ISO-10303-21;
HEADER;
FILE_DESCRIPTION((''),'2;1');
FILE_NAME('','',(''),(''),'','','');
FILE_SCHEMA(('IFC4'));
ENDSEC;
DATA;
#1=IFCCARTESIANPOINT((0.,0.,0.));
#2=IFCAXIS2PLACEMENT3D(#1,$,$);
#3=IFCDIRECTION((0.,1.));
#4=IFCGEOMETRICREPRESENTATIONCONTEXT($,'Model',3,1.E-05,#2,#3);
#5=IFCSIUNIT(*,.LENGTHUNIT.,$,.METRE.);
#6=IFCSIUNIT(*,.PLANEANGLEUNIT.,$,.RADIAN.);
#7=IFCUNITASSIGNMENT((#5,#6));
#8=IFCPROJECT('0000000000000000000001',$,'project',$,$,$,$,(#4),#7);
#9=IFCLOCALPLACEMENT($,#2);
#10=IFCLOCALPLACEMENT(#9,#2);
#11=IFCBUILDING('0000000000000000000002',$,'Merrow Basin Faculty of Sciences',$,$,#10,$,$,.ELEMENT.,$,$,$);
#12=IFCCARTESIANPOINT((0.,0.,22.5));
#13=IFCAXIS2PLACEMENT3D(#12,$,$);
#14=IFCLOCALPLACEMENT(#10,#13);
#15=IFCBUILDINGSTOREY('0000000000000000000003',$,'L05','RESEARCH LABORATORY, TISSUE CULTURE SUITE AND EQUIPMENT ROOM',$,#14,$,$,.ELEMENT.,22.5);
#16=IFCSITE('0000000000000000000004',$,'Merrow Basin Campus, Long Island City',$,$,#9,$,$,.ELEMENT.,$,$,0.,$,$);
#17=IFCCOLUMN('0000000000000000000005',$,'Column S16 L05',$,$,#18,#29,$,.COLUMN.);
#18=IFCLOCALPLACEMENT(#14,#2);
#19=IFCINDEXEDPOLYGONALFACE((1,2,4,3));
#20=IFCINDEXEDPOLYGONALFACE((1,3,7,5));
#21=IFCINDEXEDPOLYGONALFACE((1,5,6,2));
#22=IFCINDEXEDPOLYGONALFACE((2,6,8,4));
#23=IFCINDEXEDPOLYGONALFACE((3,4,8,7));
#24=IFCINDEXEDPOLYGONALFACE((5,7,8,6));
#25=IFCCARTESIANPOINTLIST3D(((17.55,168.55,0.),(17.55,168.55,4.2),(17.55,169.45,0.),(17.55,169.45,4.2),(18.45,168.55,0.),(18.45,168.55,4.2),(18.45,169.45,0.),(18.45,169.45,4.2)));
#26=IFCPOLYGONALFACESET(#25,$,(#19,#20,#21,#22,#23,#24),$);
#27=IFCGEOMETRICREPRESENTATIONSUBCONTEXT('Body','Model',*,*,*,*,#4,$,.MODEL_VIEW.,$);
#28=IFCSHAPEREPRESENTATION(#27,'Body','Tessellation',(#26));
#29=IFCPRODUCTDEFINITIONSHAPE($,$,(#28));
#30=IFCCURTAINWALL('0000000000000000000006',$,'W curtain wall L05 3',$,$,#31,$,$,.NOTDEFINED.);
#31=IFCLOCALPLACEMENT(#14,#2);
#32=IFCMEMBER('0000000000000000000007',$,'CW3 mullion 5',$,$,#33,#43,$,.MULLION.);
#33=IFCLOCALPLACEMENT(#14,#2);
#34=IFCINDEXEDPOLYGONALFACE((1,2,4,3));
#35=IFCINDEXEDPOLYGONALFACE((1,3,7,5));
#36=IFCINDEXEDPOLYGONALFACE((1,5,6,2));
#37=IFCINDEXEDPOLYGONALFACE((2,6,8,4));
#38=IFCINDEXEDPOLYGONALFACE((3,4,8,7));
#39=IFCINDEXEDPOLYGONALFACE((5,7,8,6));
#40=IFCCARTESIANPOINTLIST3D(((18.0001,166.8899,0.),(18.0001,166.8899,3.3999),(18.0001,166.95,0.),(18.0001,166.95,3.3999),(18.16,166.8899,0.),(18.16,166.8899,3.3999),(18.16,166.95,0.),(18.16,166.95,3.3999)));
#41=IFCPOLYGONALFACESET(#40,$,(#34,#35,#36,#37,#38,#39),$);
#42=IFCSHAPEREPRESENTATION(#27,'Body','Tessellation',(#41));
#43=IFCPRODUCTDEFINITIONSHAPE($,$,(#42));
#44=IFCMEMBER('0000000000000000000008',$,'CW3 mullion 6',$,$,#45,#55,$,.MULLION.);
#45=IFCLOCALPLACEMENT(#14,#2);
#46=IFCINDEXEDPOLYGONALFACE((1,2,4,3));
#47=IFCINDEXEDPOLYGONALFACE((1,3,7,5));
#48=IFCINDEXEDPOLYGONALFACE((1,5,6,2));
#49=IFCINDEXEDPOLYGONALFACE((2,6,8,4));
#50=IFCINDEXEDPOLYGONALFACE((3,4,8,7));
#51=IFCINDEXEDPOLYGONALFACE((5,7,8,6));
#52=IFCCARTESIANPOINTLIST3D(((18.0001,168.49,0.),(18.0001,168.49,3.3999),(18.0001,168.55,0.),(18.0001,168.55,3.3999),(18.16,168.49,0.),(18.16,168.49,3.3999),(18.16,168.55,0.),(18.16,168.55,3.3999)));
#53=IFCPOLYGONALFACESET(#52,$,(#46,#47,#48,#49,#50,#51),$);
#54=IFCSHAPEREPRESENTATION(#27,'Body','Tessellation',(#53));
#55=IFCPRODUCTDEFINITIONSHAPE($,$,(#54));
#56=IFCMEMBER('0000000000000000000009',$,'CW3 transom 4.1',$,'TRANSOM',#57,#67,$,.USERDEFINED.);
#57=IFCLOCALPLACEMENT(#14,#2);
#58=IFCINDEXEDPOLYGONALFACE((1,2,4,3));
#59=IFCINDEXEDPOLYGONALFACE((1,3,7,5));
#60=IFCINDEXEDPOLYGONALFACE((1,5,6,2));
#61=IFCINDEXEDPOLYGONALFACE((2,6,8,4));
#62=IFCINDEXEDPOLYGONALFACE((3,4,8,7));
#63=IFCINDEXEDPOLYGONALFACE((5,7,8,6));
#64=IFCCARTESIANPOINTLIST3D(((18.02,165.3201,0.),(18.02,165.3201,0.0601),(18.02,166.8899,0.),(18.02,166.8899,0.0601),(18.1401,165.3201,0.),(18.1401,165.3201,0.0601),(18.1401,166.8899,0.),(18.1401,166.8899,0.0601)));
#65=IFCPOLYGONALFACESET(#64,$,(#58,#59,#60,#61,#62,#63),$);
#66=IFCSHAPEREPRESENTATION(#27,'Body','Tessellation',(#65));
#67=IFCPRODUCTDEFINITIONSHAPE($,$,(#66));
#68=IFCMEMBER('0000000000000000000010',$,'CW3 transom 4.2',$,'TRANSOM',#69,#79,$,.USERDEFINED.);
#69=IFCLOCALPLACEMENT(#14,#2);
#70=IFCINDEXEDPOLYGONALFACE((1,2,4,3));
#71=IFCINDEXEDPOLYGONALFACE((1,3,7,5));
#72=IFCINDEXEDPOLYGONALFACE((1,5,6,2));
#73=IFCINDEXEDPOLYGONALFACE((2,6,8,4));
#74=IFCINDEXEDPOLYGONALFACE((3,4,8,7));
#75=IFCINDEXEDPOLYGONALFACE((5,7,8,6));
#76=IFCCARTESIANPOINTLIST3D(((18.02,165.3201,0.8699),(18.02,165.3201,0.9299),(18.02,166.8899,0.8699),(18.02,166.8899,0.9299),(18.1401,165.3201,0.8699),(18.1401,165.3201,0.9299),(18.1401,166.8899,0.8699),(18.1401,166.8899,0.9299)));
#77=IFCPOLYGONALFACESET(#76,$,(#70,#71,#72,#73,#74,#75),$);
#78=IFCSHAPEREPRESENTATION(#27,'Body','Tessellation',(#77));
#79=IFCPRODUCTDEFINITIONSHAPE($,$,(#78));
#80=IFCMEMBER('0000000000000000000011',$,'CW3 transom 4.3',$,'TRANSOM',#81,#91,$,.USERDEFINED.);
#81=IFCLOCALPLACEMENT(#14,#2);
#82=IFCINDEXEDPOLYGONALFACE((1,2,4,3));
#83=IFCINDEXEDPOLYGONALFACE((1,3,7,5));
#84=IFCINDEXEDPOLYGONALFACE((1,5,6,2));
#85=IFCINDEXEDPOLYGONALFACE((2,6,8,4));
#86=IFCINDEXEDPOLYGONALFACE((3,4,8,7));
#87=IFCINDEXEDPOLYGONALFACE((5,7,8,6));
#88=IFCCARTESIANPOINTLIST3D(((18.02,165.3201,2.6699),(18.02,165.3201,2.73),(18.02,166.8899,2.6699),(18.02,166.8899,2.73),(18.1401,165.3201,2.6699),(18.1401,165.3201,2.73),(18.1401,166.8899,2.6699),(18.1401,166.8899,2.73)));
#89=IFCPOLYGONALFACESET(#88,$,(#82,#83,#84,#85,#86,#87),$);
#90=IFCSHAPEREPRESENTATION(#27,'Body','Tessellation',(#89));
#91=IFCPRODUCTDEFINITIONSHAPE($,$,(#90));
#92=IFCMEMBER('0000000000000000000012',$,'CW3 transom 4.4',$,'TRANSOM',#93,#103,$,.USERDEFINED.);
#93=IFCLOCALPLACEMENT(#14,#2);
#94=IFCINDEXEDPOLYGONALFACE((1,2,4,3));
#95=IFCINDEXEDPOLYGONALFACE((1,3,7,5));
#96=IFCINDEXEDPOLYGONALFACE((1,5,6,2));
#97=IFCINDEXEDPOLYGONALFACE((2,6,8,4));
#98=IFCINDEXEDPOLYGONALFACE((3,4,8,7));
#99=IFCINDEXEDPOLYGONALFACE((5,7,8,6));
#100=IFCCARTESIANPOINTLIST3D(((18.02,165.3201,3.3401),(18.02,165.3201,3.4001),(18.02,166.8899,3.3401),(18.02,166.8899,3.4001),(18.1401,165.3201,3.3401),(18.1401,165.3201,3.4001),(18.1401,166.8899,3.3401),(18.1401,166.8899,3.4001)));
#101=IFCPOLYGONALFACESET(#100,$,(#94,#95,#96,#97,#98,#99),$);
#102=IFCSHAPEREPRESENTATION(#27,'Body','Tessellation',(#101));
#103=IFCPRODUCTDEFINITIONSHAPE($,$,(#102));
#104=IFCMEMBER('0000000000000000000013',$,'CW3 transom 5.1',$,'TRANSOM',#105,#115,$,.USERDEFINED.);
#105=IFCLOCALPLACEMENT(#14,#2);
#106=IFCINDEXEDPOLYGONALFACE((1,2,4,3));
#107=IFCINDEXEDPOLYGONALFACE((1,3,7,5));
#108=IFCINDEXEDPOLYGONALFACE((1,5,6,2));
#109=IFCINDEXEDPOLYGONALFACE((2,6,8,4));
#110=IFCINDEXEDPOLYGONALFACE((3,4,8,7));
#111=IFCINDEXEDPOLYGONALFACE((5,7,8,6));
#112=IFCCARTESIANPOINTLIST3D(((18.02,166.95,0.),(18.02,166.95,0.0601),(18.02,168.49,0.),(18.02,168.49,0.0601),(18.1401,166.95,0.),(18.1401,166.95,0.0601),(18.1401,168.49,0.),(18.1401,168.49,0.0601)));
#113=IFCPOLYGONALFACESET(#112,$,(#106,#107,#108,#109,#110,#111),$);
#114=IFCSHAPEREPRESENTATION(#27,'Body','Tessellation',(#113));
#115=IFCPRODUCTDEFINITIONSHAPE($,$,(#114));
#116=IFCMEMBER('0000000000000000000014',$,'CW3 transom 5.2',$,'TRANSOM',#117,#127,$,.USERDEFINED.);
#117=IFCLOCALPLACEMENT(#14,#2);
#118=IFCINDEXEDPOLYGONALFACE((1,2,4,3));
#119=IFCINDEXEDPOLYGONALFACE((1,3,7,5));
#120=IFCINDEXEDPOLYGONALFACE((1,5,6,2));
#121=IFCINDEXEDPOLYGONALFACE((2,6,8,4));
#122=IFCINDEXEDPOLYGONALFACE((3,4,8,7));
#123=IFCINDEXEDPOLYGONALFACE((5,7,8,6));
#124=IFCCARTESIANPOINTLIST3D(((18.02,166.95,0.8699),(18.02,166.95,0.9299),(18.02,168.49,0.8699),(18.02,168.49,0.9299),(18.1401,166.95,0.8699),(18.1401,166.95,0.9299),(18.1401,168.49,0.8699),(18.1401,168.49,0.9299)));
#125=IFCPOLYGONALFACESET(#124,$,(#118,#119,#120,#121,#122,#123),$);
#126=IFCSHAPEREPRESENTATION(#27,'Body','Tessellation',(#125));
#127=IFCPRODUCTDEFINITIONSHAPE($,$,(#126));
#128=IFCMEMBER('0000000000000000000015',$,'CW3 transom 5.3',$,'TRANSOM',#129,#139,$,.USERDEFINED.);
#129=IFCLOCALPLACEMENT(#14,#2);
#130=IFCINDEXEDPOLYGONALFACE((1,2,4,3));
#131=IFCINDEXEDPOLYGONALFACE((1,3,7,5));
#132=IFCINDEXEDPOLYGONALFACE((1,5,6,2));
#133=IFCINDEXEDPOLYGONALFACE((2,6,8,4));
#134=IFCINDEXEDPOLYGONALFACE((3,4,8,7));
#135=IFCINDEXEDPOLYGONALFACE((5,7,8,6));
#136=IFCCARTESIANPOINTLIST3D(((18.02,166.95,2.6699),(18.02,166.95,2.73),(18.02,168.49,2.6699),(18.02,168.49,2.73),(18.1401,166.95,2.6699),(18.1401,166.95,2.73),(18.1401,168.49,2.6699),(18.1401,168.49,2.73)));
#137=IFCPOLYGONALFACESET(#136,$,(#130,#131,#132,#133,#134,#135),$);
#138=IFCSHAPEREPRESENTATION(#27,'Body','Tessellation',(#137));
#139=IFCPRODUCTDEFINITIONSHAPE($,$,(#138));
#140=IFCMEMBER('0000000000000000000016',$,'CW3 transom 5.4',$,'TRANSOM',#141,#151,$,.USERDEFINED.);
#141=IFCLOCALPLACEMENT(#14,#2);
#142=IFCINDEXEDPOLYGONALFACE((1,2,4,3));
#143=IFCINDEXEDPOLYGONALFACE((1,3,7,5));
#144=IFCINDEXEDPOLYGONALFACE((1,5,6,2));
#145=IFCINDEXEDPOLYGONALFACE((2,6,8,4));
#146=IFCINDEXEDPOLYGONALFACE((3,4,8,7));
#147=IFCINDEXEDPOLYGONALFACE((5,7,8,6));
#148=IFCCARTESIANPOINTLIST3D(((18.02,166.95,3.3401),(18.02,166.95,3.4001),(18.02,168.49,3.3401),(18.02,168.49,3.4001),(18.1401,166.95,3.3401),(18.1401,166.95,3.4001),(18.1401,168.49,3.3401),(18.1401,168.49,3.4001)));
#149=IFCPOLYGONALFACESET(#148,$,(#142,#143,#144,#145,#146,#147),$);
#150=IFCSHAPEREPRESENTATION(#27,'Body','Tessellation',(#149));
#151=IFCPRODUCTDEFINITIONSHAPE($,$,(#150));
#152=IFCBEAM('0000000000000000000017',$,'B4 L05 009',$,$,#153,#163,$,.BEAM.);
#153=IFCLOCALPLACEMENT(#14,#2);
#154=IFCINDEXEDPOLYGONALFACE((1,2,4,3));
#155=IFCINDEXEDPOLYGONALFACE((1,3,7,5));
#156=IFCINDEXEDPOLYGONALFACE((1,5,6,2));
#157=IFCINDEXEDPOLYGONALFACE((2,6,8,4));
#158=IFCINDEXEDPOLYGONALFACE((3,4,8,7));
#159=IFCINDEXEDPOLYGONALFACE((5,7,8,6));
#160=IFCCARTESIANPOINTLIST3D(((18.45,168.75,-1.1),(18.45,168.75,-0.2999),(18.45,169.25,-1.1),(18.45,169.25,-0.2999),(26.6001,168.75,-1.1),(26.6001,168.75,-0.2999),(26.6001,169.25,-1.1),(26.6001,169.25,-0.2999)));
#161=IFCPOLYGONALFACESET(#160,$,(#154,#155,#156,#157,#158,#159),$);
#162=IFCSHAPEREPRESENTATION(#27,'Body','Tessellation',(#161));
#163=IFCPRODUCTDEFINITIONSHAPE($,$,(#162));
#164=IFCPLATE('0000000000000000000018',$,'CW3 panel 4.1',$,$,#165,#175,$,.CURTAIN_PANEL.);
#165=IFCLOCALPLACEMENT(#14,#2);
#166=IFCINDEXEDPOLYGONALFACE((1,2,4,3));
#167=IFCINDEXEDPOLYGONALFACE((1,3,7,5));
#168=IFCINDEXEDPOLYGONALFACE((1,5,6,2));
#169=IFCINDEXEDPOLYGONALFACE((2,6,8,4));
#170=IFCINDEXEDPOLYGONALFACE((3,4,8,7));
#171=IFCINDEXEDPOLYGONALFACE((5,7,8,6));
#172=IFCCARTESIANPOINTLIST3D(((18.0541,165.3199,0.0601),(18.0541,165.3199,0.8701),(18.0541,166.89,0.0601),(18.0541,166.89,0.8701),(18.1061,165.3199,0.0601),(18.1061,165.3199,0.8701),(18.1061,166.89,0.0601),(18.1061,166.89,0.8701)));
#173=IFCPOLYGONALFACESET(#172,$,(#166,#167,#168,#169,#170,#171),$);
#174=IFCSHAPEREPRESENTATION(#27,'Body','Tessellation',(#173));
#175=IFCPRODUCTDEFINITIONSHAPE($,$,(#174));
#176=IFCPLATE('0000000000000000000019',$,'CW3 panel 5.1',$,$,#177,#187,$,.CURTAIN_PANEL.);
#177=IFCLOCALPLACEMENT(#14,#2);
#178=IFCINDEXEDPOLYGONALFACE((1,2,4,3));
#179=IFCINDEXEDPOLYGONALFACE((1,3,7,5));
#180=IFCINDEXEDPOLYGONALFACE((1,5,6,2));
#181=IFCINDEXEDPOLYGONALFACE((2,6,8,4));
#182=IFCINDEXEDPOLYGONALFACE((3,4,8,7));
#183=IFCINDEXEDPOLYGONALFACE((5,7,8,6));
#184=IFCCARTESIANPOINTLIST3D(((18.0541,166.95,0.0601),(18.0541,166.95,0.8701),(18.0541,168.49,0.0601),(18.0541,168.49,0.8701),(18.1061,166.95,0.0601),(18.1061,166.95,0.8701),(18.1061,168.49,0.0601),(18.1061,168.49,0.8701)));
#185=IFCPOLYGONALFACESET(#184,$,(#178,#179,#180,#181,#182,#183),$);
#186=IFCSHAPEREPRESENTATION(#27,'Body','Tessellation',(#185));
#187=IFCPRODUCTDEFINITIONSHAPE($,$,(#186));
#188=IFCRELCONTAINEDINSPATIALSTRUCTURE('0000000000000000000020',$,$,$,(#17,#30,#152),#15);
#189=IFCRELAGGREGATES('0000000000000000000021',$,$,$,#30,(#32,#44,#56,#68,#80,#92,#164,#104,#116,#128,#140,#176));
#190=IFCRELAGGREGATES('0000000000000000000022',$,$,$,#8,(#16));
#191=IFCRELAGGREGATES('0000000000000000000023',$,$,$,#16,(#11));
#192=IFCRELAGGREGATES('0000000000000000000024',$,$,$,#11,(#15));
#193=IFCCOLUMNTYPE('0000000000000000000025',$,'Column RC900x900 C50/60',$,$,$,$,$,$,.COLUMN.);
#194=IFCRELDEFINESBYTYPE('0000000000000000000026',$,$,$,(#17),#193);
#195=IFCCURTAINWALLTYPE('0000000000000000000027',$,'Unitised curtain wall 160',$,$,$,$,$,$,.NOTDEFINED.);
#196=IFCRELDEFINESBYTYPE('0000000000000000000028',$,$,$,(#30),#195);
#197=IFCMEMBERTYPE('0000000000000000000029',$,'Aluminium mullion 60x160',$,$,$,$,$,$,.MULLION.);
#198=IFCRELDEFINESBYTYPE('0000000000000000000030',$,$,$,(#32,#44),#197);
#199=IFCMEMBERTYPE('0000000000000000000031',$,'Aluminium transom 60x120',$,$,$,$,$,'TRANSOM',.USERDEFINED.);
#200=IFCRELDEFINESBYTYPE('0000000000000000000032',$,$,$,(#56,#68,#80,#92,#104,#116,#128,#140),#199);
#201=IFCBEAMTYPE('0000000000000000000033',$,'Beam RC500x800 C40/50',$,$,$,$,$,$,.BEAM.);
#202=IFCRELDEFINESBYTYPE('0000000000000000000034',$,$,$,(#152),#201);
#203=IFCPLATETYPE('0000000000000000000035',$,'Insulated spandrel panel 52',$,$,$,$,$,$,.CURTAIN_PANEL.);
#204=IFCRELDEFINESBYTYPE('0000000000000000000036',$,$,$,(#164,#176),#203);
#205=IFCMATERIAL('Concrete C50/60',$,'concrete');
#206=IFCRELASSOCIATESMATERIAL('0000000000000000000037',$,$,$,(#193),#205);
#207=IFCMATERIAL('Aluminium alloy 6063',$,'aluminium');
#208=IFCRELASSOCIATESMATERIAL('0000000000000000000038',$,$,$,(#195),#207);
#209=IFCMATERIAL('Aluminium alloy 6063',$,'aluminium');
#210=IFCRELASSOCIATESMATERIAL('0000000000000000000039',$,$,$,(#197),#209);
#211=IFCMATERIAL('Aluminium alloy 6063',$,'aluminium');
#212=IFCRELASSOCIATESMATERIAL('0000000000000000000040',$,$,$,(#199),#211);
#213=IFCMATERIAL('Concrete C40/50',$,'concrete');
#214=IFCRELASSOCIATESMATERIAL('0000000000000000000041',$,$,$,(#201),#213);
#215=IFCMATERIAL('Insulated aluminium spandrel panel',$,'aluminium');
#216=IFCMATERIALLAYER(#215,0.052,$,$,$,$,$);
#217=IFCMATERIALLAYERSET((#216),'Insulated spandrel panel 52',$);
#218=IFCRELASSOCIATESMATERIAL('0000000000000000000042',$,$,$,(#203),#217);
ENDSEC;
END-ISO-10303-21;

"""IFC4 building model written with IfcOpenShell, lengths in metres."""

from ifc_helpers import new_model, si_unit, direction, frame, origin, origin_2d, place, context, subcontext, project, spatial, rectangle, extrude, material, layer, layer_set, material_profile, profile_set, type_object, element, aggregate, save


model = new_model("IFC4")

# Units and contexts
model_context = context("Model", 3, precision=1e-05, world=origin(), true_north=direction((0.0, 1.0)))
body_context = subcontext(model_context, "Body", "Model", "MODEL_VIEW")
ifc_project = project(units=[si_unit("LENGTHUNIT", "METRE"), si_unit("PLANEANGLEUNIT", "RADIAN")], contexts=[model_context])

# Site, building, storey
site_placement = place(None, origin())
site = spatial("IfcSite", under=ifc_project, at=site_placement, Name="Merrow Basin Campus, Long Island City", CompositionType="ELEMENT", RefElevation=0.0)
building_placement = place(site_placement, origin())
building = spatial("IfcBuilding", under=site, at=building_placement, Name="Merrow Basin Faculty of Sciences", CompositionType="ELEMENT")
storey_placement = place(building_placement, frame((0.0, 0.0, 22.5)))
storey = spatial("IfcBuildingStorey", under=building, at=storey_placement, Name="L05", Description="RESEARCH LABORATORY, TISSUE CULTURE SUITE AND EQUIPMENT ROOM", CompositionType="ELEMENT", Elevation=22.5)

# Column
ifc_material_1 = material(Name="Concrete C50/60", Category="concrete")
ifc_material_profile_1 = material_profile(ifc_material_1, rectangle(XDim=0.8999, YDim=0.8999, at=origin_2d()))
ifc_profile_set_1 = profile_set([ifc_material_profile_1], Name="Concrete C50/60")
column_type = type_object("IfcColumnType", Name="Column RC900x900 C50/60", PredefinedType="COLUMN", material=ifc_profile_set_1)
column_placement = place(storey_placement, frame((18.0, 169.0, 0.0), z_axis=(0.0, 0.0, 1.0), x_axis=(1.0, 0.0, 0.0)))
element("IfcColumn", 1, at=column_placement, inside=storey, type_object=column_type, Name="Column S16 L05", PredefinedType="COLUMN", context=body_context, shape_type="SweptSolid", body=[
    extrude(rectangle(XDim=0.8999, YDim=0.8999, at=origin_2d()), origin(), (0.0, 0.0, 1.0), 4.2),
])

# Curtain wall, members
ifc_material_2 = material(Name="Aluminium alloy 6063", Category="aluminium")
curtain_wall_type = type_object("IfcCurtainWallType", Name="Unitised curtain wall 160", PredefinedType="NOTDEFINED", material=ifc_material_2)
curtain_wall_placement = place(storey_placement, origin())
curtain_wall = element("IfcCurtainWall", 2, at=curtain_wall_placement, inside=storey, type_object=curtain_wall_type, Name="W curtain wall L05 3", PredefinedType="NOTDEFINED")
ifc_material_3 = material(Name="Aluminium alloy 6063", Category="aluminium")
ifc_material_profile_2 = material_profile(ifc_material_3, rectangle(XDim=0.1599, YDim=0.0601, at=origin_2d()))
ifc_profile_set_2 = profile_set([ifc_material_profile_2], Name="Aluminium alloy 6063")
member_type_1 = type_object("IfcMemberType", Name="Aluminium mullion 60x160", PredefinedType="MULLION", material=ifc_profile_set_2)
member_1_placement = place(storey_placement, frame((18.0801, 166.9199, 0.0), z_axis=(0.0, 0.0, 1.0), x_axis=(-1.0, 0.0, 0.0)))
member_1 = element("IfcMember", 3, at=member_1_placement, type_object=member_type_1, Name="CW3 mullion 5", PredefinedType="MULLION", context=body_context, shape_type="SweptSolid", body=[
    extrude(rectangle(XDim=0.1599, YDim=0.0601, at=origin_2d()), origin(), (0.0, 0.0, 1.0), 3.3999),
])
member_2_placement = place(storey_placement, frame((18.0801, 168.52, 0.0), z_axis=(0.0, 0.0, 1.0), x_axis=(-1.0, 0.0, 0.0)))
member_2 = element("IfcMember", 4, at=member_2_placement, type_object=member_type_1, Name="CW3 mullion 6", PredefinedType="MULLION", context=body_context, shape_type="SweptSolid", body=[
    extrude(rectangle(XDim=0.1599, YDim=0.0601, at=origin_2d()), origin(), (0.0, 0.0, 1.0), 3.3999),
])
ifc_material_4 = material(Name="Aluminium alloy 6063", Category="aluminium")
ifc_material_profile_3 = material_profile(ifc_material_4, rectangle(XDim=0.1201, YDim=0.0601, at=origin_2d()))
ifc_profile_set_3 = profile_set([ifc_material_profile_3], Name="Aluminium alloy 6063")
member_type_2 = type_object("IfcMemberType", Name="Aluminium transom 60x120", ElementType="TRANSOM", PredefinedType="USERDEFINED", material=ifc_profile_set_3)
member_3_placement = place(storey_placement, frame((18.0801, 165.3201, 0.03), z_axis=(0.0, 1.0, 0.0), x_axis=(-1.0, 0.0, 0.0)))
member_3 = element("IfcMember", 5, at=member_3_placement, type_object=member_type_2, Name="CW3 transom 4.1", ObjectType="TRANSOM", PredefinedType="USERDEFINED", context=body_context, shape_type="SweptSolid", body=[
    extrude(rectangle(XDim=0.1201, YDim=0.0601, at=origin_2d()), origin(), (0.0, 0.0, 1.0), 1.5698),
])
member_4_placement = place(storey_placement, frame((18.0801, 165.3201, 0.8999), z_axis=(0.0, 1.0, 0.0), x_axis=(-1.0, 0.0, 0.0)))
member_4 = element("IfcMember", 6, at=member_4_placement, type_object=member_type_2, Name="CW3 transom 4.2", ObjectType="TRANSOM", PredefinedType="USERDEFINED", context=body_context, shape_type="SweptSolid", body=[
    extrude(rectangle(XDim=0.1201, YDim=0.0601, at=origin_2d()), origin(), (0.0, 0.0, 1.0), 1.5698),
])
member_5_placement = place(storey_placement, frame((18.0801, 165.3201, 2.7), z_axis=(0.0, 1.0, 0.0), x_axis=(-1.0, 0.0, 0.0)))
member_5 = element("IfcMember", 7, at=member_5_placement, type_object=member_type_2, Name="CW3 transom 4.3", ObjectType="TRANSOM", PredefinedType="USERDEFINED", context=body_context, shape_type="SweptSolid", body=[
    extrude(rectangle(XDim=0.1201, YDim=0.0601, at=origin_2d()), origin(), (0.0, 0.0, 1.0), 1.5698),
])
member_6_placement = place(storey_placement, frame((18.0801, 165.3201, 3.3701), z_axis=(0.0, 1.0, 0.0), x_axis=(-1.0, 0.0, 0.0)))
member_6 = element("IfcMember", 8, at=member_6_placement, type_object=member_type_2, Name="CW3 transom 4.4", ObjectType="TRANSOM", PredefinedType="USERDEFINED", context=body_context, shape_type="SweptSolid", body=[
    extrude(rectangle(XDim=0.1201, YDim=0.0601, at=origin_2d()), origin(), (0.0, 0.0, 1.0), 1.5698),
])
member_7_placement = place(storey_placement, frame((18.0801, 166.95, 0.03), z_axis=(0.0, 1.0, 0.0), x_axis=(-1.0, 0.0, 0.0)))
member_7 = element("IfcMember", 9, at=member_7_placement, type_object=member_type_2, Name="CW3 transom 5.1", ObjectType="TRANSOM", PredefinedType="USERDEFINED", context=body_context, shape_type="SweptSolid", body=[
    extrude(rectangle(XDim=0.1201, YDim=0.0601, at=origin_2d()), origin(), (0.0, 0.0, 1.0), 1.54),
])
member_8_placement = place(storey_placement, frame((18.0801, 166.95, 0.8999), z_axis=(0.0, 1.0, 0.0), x_axis=(-1.0, 0.0, 0.0)))
member_8 = element("IfcMember", 10, at=member_8_placement, type_object=member_type_2, Name="CW3 transom 5.2", ObjectType="TRANSOM", PredefinedType="USERDEFINED", context=body_context, shape_type="SweptSolid", body=[
    extrude(rectangle(XDim=0.1201, YDim=0.0601, at=origin_2d()), origin(), (0.0, 0.0, 1.0), 1.54),
])
member_9_placement = place(storey_placement, frame((18.0801, 166.95, 2.7), z_axis=(0.0, 1.0, 0.0), x_axis=(-1.0, 0.0, 0.0)))
member_9 = element("IfcMember", 11, at=member_9_placement, type_object=member_type_2, Name="CW3 transom 5.3", ObjectType="TRANSOM", PredefinedType="USERDEFINED", context=body_context, shape_type="SweptSolid", body=[
    extrude(rectangle(XDim=0.1201, YDim=0.0601, at=origin_2d()), origin(), (0.0, 0.0, 1.0), 1.54),
])
member_10_placement = place(storey_placement, frame((18.0801, 166.95, 3.3701), z_axis=(0.0, 1.0, 0.0), x_axis=(-1.0, 0.0, 0.0)))
member_10 = element("IfcMember", 12, at=member_10_placement, type_object=member_type_2, Name="CW3 transom 5.4", ObjectType="TRANSOM", PredefinedType="USERDEFINED", context=body_context, shape_type="SweptSolid", body=[
    extrude(rectangle(XDim=0.1201, YDim=0.0601, at=origin_2d()), origin(), (0.0, 0.0, 1.0), 1.54),
])

# Beam
ifc_material_5 = material(Name="Concrete C40/50", Category="concrete")
ifc_material_profile_4 = material_profile(ifc_material_5, rectangle(XDim=0.5, YDim=0.8, at=origin_2d()))
ifc_profile_set_4 = profile_set([ifc_material_profile_4], Name="Concrete C40/50")
beam_type = type_object("IfcBeamType", Name="Beam RC500x800 C40/50", PredefinedType="BEAM", material=ifc_profile_set_4)
beam_placement = place(storey_placement, frame((18.45, 169.0, -0.7), z_axis=(1.0, 0.0, 0.0), x_axis=(0.0, 1.0, 0.0)))
element("IfcBeam", 13, at=beam_placement, inside=storey, type_object=beam_type, Name="B4 L05 009", PredefinedType="BEAM", context=body_context, shape_type="SweptSolid", body=[
    extrude(rectangle(XDim=0.5, YDim=0.8, at=origin_2d()), origin(), (0.0, 0.0, 1.0), 8.1501),
])

# Plates
ifc_material_6 = material(Name="Insulated aluminium spandrel panel", Category="aluminium")
ifc_layer_1 = layer(ifc_material_6, 0.052)
ifc_layer_set_1 = layer_set([ifc_layer_1], Name="Insulated spandrel panel 52")
plate_type_1 = type_object("IfcPlateType", Name="Insulated spandrel panel 52", PredefinedType="CURTAIN_PANEL", material=ifc_layer_set_1)
plate_1_placement = place(storey_placement, frame((18.0801, 166.105, 0.0601), z_axis=(0.0, 0.0, 1.0), x_axis=(0.0, 1.0, 0.0)))
plate_1 = element("IfcPlate", 14, at=plate_1_placement, type_object=plate_type_1, Name="CW3 panel 4.1", PredefinedType="CURTAIN_PANEL", context=body_context, shape_type="SweptSolid", body=[
    extrude(rectangle(XDim=1.5701, YDim=0.052, at=origin_2d()), origin(), (0.0, 0.0, 1.0), 0.8101),
])
plate_2_placement = place(storey_placement, frame((18.0801, 167.72, 0.0601), z_axis=(0.0, 0.0, 1.0), x_axis=(0.0, 1.0, 0.0)))
plate_2 = element("IfcPlate", 15, at=plate_2_placement, type_object=plate_type_1, Name="CW3 panel 5.1", PredefinedType="CURTAIN_PANEL", context=body_context, shape_type="SweptSolid", body=[
    extrude(rectangle(XDim=1.54, YDim=0.052, at=origin_2d()), origin(), (0.0, 0.0, 1.0), 0.8101),
])
aggregate(curtain_wall, [member_1, member_2, member_3, member_4, member_5, member_6, plate_1, member_7, member_8, member_9, member_10, plate_2])

save(model, "model.ifc")
